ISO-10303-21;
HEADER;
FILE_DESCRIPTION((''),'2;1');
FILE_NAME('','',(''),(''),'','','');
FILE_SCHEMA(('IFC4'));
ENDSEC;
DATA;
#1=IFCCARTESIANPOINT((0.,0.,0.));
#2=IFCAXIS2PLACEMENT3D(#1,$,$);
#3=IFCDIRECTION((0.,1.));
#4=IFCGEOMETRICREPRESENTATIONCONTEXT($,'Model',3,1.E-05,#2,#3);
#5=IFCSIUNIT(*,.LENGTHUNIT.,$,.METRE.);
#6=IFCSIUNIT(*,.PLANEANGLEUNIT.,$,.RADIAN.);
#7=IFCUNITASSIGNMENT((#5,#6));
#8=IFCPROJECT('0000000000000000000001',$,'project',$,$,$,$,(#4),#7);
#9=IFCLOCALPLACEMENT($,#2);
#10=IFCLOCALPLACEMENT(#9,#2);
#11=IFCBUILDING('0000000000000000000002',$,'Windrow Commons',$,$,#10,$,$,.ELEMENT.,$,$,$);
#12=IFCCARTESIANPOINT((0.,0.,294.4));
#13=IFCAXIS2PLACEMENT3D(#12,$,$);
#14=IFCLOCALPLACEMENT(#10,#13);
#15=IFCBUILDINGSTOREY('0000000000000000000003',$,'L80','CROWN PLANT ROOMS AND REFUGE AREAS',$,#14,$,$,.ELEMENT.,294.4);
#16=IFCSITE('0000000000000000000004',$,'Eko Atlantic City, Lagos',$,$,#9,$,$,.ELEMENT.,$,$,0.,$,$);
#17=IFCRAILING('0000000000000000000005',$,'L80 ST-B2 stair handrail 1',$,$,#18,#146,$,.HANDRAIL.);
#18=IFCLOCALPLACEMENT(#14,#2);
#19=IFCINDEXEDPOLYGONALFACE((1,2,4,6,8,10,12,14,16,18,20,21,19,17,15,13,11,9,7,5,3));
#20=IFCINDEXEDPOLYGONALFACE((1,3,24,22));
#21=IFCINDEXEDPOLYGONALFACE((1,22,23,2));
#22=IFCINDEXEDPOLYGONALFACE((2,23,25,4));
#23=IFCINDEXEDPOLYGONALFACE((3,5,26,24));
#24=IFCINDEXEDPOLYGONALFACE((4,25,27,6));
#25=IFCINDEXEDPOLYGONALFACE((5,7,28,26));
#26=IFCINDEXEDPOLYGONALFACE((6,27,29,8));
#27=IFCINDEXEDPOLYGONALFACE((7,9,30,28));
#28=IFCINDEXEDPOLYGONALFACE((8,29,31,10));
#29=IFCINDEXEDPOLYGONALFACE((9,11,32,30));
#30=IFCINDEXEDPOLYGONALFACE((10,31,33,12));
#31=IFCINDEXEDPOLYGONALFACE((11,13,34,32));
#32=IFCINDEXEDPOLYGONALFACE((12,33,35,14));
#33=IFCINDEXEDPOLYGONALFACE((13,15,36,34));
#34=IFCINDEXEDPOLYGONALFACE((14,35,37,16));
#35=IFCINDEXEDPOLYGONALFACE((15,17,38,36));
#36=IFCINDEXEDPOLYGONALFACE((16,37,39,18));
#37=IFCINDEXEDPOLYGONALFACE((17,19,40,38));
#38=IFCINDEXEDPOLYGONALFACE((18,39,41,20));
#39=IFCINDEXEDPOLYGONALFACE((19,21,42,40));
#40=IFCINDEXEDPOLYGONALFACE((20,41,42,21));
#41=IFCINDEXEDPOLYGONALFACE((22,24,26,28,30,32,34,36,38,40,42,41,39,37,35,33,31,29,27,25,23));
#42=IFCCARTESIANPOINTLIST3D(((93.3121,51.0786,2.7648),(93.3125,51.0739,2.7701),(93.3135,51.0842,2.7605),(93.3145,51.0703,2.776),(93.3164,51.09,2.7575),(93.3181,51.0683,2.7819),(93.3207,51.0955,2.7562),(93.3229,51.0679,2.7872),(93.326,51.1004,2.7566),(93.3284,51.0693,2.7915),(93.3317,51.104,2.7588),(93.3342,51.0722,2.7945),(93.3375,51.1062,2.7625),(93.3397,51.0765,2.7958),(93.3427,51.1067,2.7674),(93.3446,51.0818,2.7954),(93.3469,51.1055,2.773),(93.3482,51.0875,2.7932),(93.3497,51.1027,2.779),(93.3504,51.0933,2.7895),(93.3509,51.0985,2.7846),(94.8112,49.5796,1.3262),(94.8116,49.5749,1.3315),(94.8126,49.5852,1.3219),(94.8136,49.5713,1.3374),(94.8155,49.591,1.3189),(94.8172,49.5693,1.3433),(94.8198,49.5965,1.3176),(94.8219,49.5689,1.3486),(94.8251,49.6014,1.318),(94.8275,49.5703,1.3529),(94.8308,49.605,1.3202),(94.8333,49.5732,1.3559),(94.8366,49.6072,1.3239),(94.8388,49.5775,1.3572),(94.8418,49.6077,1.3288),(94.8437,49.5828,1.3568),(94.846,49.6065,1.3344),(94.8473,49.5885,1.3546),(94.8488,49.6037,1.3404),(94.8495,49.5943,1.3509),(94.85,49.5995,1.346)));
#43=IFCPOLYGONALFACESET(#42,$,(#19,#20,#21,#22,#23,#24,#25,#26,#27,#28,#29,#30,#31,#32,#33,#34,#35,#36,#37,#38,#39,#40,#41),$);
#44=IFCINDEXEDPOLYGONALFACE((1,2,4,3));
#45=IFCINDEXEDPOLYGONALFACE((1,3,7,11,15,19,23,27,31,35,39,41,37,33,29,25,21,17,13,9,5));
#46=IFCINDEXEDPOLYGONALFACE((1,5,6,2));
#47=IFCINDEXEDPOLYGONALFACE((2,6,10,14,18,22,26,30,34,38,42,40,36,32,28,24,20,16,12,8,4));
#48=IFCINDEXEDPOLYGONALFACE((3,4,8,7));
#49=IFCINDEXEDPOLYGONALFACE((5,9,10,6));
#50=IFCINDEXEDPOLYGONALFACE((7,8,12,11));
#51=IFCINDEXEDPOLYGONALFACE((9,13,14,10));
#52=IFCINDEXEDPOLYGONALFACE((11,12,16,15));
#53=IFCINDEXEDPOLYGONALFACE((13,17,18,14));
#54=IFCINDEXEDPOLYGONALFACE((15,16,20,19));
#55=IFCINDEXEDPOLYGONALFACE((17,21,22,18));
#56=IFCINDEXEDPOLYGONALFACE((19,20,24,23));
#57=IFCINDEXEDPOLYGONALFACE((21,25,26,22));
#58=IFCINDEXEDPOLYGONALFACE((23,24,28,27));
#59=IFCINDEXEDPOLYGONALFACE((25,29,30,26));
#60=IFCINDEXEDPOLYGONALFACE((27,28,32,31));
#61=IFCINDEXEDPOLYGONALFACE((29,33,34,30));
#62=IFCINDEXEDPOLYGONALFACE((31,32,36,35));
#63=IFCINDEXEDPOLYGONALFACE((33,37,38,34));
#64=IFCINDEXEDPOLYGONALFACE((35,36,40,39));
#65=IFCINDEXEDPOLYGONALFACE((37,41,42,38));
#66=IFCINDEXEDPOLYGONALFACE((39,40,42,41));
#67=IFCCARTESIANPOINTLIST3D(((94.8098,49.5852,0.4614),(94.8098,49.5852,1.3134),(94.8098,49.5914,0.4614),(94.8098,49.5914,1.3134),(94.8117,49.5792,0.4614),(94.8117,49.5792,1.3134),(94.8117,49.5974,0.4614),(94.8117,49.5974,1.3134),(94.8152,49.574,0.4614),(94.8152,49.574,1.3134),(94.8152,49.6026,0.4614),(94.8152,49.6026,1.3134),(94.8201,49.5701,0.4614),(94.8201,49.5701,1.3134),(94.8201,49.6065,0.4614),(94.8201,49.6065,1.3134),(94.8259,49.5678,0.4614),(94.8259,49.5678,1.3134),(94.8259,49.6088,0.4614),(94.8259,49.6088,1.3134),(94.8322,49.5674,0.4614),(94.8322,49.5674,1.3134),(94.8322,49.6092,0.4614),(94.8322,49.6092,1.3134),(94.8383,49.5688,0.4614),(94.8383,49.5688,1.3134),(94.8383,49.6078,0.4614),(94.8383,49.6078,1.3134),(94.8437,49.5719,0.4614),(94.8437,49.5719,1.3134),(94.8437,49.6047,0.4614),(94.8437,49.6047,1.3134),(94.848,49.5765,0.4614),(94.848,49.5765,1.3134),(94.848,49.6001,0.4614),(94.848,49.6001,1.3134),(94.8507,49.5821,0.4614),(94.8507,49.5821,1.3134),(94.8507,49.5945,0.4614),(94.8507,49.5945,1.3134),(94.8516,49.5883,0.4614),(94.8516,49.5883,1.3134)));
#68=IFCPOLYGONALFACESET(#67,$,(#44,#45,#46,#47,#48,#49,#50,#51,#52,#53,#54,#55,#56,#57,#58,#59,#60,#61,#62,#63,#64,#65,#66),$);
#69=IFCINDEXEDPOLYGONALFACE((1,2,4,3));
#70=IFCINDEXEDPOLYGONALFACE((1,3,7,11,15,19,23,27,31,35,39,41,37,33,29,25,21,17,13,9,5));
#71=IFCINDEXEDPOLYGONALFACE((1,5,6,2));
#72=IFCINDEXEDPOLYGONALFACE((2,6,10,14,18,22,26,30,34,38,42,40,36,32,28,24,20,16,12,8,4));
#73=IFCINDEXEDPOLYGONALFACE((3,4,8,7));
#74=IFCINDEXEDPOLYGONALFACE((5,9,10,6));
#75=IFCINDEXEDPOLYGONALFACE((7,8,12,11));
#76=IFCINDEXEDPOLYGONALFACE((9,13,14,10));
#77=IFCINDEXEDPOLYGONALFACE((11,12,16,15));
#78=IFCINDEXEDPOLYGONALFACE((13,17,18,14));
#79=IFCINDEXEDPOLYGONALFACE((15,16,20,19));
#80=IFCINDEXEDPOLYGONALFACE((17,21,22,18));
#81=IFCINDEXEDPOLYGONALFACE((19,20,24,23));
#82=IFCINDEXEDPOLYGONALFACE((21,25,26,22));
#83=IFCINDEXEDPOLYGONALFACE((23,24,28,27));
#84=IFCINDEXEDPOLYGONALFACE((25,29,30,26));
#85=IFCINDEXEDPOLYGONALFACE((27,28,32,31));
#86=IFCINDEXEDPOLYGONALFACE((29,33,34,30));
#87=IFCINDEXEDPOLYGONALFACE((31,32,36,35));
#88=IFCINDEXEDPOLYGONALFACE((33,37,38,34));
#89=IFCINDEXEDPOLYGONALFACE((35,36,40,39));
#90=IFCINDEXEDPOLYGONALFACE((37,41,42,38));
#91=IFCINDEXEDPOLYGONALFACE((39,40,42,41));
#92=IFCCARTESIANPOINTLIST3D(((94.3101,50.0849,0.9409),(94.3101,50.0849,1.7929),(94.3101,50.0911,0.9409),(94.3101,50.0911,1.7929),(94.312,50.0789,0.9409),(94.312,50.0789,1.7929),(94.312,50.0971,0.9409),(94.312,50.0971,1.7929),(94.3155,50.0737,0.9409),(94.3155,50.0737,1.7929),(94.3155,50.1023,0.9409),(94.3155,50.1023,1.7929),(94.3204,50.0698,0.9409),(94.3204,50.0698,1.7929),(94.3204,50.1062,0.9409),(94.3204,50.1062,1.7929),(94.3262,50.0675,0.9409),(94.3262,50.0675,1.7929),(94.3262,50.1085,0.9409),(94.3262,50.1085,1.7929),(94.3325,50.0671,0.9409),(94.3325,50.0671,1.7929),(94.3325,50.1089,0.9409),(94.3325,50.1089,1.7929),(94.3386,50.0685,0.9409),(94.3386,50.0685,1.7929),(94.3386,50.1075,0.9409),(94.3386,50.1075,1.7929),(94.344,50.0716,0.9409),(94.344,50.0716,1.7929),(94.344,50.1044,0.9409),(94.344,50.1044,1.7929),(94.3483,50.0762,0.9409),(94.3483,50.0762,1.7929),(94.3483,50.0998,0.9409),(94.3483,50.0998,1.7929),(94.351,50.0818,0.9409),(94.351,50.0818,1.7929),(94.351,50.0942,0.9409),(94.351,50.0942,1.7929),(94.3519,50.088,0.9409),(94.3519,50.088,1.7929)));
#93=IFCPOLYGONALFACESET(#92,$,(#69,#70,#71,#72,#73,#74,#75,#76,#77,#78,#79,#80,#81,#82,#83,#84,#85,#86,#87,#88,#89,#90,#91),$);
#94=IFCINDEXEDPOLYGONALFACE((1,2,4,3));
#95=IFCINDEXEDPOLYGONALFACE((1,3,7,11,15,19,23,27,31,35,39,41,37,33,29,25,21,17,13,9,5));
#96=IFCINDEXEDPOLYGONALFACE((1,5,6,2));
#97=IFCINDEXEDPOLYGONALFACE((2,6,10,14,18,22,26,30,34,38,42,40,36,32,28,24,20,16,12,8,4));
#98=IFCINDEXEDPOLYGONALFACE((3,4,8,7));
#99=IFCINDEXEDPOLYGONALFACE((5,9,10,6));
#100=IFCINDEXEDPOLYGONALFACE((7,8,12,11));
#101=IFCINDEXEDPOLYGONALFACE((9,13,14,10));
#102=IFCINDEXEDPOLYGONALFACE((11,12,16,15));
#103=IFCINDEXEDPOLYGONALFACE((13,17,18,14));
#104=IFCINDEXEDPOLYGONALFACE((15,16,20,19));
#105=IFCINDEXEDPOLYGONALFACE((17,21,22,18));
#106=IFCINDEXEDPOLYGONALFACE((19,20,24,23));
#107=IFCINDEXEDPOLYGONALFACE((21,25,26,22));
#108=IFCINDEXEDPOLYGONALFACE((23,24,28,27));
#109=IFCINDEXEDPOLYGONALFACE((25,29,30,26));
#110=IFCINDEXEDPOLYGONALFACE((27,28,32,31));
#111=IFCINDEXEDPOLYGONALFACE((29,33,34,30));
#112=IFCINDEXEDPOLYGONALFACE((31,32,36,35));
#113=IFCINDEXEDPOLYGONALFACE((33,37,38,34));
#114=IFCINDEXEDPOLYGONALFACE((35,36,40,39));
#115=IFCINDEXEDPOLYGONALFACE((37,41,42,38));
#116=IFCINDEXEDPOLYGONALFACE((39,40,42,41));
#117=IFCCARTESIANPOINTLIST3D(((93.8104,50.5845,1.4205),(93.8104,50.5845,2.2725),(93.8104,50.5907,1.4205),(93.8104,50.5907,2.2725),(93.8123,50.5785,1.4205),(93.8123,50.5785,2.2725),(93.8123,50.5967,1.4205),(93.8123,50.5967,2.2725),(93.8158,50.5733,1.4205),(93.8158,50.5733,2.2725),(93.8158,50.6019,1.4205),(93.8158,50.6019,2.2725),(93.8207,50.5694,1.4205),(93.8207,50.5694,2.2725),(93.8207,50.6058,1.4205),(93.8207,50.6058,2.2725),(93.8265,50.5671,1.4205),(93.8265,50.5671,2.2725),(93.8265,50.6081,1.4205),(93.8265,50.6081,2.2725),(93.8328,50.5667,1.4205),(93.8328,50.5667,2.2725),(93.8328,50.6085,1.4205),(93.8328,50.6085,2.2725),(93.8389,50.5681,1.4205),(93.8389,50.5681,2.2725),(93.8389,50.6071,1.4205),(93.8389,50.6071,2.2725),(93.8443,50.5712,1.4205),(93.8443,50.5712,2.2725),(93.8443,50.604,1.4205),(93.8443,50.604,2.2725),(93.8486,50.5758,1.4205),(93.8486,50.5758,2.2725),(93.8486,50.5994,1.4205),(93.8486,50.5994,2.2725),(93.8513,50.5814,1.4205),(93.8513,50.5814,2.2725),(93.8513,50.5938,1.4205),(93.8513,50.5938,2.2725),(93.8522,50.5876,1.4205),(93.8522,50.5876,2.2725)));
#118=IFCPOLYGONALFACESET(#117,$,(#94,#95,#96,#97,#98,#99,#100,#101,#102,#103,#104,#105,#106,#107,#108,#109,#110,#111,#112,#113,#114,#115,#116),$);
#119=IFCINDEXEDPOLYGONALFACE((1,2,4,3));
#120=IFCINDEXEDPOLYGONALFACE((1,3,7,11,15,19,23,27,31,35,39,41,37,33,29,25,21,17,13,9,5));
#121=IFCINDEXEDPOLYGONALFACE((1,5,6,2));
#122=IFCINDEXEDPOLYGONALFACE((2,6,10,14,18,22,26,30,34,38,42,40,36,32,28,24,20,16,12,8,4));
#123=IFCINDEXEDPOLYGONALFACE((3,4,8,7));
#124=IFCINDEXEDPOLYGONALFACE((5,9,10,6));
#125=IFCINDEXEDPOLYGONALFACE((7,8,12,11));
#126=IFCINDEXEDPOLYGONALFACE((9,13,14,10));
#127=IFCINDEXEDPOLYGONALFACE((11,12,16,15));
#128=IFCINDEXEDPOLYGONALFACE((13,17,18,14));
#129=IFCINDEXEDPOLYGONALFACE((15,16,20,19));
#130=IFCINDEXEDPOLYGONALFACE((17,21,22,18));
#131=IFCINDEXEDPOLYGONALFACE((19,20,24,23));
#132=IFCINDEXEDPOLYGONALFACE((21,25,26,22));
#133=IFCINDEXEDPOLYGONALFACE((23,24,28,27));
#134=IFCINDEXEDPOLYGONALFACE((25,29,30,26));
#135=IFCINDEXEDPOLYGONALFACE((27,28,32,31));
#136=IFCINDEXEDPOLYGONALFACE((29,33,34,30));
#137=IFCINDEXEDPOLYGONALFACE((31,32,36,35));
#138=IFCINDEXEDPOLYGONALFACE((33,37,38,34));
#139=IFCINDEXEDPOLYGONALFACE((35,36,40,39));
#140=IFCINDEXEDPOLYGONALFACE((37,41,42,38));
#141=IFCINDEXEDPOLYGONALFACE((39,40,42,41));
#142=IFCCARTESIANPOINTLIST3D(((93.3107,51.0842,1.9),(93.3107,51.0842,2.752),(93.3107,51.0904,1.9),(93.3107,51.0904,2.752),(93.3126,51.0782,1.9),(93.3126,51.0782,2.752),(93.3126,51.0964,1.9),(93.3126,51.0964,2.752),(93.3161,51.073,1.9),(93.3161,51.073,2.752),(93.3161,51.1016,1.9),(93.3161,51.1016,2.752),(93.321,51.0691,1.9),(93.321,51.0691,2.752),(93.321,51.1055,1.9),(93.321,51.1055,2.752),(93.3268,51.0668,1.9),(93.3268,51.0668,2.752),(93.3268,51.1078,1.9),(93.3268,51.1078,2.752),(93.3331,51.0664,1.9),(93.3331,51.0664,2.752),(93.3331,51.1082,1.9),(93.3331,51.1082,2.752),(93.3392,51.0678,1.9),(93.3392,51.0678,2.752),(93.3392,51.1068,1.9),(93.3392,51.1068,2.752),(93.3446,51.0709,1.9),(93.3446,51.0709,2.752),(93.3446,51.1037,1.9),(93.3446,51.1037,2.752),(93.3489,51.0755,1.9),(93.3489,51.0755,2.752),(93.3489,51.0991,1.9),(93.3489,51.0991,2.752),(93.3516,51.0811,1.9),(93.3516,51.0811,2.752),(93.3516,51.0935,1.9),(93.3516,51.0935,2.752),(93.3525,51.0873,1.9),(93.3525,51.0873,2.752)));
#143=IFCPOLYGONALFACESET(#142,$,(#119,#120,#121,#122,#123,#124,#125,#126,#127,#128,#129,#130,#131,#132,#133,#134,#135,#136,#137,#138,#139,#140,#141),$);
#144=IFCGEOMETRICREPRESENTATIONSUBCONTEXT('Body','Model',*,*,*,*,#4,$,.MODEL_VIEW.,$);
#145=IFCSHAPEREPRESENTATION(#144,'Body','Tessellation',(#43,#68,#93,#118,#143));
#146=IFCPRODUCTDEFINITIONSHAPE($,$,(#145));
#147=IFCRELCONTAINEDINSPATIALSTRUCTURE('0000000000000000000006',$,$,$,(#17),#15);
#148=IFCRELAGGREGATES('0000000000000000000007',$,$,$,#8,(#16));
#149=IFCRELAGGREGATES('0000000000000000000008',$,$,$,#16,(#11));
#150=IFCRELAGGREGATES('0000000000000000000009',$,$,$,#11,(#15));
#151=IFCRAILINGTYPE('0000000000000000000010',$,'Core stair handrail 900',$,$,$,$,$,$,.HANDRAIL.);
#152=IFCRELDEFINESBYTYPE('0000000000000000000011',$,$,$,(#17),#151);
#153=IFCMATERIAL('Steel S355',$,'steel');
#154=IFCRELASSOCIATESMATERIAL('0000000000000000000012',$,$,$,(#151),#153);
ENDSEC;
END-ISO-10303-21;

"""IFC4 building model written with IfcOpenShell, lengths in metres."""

from ifc_helpers import new_model, si_unit, direction, frame, origin, origin_2d, place, context, subcontext, project, spatial, circle, extrude, material, type_object, element, save


model = new_model("IFC4")

# Units and contexts
model_context = context("Model", 3, precision=1e-05, world=origin(), true_north=direction((0.0, 1.0)))
body_context = subcontext(model_context, "Body", "Model", "MODEL_VIEW")
ifc_project = project(units=[si_unit("LENGTHUNIT", "METRE"), si_unit("PLANEANGLEUNIT", "RADIAN")], contexts=[model_context])

# Site, building, storey
site_placement = place(None, origin())
site = spatial("IfcSite", under=ifc_project, at=site_placement, Name="Eko Atlantic City, Lagos", CompositionType="ELEMENT", RefElevation=0.0)
building_placement = place(site_placement, origin())
building = spatial("IfcBuilding", under=site, at=building_placement, Name="Windrow Commons", CompositionType="ELEMENT")
storey_placement = place(building_placement, frame((0.0, 0.0, 294.4)))
storey = spatial("IfcBuildingStorey", under=building, at=storey_placement, Name="L80", Description="CROWN PLANT ROOMS AND REFUGE AREAS", CompositionType="ELEMENT", Elevation=294.4)

# Railing
ifc_material_1 = material(Name="Steel S355", Category="steel")
railing_type_1 = type_object("IfcRailingType", Name="Core stair handrail 900", PredefinedType="HANDRAIL", material=ifc_material_1)
railing_1_placement = place(storey_placement, frame((94.8306, 49.5883, 0.4614)))
element("IfcRailing", 1, at=railing_1_placement, inside=storey, type_object=railing_type_1, Name="L80 ST-B2 stair handrail 1", PredefinedType="HANDRAIL", context=body_context, shape_type="SweptSolid", body=[
    extrude(circle(Radius=0.024, at=origin_2d()), frame((0.0, 0.0, 0.876), z_axis=(-0.585128, 0.585089, 0.561513), x_axis=(-0.707083, -0.70713, 0.0)), (0.0, 0.0, 1.0), 2.562),
    extrude(circle(Radius=0.021, at=origin_2d()), origin(), (0.0, 0.0, 1.0), 0.852),
    extrude(circle(Radius=0.021, at=origin_2d()), frame((-0.4997, 0.4997, 0.4795)), (0.0, 0.0, 1.0), 0.852),
    extrude(circle(Radius=0.021, at=origin_2d()), frame((-0.9994, 0.9993, 0.9591)), (0.0, 0.0, 1.0), 0.852),
    extrude(circle(Radius=0.021, at=origin_2d()), frame((-1.4991, 1.499, 1.4386)), (0.0, 0.0, 1.0), 0.852),
])

save(model, "model.ifc")
